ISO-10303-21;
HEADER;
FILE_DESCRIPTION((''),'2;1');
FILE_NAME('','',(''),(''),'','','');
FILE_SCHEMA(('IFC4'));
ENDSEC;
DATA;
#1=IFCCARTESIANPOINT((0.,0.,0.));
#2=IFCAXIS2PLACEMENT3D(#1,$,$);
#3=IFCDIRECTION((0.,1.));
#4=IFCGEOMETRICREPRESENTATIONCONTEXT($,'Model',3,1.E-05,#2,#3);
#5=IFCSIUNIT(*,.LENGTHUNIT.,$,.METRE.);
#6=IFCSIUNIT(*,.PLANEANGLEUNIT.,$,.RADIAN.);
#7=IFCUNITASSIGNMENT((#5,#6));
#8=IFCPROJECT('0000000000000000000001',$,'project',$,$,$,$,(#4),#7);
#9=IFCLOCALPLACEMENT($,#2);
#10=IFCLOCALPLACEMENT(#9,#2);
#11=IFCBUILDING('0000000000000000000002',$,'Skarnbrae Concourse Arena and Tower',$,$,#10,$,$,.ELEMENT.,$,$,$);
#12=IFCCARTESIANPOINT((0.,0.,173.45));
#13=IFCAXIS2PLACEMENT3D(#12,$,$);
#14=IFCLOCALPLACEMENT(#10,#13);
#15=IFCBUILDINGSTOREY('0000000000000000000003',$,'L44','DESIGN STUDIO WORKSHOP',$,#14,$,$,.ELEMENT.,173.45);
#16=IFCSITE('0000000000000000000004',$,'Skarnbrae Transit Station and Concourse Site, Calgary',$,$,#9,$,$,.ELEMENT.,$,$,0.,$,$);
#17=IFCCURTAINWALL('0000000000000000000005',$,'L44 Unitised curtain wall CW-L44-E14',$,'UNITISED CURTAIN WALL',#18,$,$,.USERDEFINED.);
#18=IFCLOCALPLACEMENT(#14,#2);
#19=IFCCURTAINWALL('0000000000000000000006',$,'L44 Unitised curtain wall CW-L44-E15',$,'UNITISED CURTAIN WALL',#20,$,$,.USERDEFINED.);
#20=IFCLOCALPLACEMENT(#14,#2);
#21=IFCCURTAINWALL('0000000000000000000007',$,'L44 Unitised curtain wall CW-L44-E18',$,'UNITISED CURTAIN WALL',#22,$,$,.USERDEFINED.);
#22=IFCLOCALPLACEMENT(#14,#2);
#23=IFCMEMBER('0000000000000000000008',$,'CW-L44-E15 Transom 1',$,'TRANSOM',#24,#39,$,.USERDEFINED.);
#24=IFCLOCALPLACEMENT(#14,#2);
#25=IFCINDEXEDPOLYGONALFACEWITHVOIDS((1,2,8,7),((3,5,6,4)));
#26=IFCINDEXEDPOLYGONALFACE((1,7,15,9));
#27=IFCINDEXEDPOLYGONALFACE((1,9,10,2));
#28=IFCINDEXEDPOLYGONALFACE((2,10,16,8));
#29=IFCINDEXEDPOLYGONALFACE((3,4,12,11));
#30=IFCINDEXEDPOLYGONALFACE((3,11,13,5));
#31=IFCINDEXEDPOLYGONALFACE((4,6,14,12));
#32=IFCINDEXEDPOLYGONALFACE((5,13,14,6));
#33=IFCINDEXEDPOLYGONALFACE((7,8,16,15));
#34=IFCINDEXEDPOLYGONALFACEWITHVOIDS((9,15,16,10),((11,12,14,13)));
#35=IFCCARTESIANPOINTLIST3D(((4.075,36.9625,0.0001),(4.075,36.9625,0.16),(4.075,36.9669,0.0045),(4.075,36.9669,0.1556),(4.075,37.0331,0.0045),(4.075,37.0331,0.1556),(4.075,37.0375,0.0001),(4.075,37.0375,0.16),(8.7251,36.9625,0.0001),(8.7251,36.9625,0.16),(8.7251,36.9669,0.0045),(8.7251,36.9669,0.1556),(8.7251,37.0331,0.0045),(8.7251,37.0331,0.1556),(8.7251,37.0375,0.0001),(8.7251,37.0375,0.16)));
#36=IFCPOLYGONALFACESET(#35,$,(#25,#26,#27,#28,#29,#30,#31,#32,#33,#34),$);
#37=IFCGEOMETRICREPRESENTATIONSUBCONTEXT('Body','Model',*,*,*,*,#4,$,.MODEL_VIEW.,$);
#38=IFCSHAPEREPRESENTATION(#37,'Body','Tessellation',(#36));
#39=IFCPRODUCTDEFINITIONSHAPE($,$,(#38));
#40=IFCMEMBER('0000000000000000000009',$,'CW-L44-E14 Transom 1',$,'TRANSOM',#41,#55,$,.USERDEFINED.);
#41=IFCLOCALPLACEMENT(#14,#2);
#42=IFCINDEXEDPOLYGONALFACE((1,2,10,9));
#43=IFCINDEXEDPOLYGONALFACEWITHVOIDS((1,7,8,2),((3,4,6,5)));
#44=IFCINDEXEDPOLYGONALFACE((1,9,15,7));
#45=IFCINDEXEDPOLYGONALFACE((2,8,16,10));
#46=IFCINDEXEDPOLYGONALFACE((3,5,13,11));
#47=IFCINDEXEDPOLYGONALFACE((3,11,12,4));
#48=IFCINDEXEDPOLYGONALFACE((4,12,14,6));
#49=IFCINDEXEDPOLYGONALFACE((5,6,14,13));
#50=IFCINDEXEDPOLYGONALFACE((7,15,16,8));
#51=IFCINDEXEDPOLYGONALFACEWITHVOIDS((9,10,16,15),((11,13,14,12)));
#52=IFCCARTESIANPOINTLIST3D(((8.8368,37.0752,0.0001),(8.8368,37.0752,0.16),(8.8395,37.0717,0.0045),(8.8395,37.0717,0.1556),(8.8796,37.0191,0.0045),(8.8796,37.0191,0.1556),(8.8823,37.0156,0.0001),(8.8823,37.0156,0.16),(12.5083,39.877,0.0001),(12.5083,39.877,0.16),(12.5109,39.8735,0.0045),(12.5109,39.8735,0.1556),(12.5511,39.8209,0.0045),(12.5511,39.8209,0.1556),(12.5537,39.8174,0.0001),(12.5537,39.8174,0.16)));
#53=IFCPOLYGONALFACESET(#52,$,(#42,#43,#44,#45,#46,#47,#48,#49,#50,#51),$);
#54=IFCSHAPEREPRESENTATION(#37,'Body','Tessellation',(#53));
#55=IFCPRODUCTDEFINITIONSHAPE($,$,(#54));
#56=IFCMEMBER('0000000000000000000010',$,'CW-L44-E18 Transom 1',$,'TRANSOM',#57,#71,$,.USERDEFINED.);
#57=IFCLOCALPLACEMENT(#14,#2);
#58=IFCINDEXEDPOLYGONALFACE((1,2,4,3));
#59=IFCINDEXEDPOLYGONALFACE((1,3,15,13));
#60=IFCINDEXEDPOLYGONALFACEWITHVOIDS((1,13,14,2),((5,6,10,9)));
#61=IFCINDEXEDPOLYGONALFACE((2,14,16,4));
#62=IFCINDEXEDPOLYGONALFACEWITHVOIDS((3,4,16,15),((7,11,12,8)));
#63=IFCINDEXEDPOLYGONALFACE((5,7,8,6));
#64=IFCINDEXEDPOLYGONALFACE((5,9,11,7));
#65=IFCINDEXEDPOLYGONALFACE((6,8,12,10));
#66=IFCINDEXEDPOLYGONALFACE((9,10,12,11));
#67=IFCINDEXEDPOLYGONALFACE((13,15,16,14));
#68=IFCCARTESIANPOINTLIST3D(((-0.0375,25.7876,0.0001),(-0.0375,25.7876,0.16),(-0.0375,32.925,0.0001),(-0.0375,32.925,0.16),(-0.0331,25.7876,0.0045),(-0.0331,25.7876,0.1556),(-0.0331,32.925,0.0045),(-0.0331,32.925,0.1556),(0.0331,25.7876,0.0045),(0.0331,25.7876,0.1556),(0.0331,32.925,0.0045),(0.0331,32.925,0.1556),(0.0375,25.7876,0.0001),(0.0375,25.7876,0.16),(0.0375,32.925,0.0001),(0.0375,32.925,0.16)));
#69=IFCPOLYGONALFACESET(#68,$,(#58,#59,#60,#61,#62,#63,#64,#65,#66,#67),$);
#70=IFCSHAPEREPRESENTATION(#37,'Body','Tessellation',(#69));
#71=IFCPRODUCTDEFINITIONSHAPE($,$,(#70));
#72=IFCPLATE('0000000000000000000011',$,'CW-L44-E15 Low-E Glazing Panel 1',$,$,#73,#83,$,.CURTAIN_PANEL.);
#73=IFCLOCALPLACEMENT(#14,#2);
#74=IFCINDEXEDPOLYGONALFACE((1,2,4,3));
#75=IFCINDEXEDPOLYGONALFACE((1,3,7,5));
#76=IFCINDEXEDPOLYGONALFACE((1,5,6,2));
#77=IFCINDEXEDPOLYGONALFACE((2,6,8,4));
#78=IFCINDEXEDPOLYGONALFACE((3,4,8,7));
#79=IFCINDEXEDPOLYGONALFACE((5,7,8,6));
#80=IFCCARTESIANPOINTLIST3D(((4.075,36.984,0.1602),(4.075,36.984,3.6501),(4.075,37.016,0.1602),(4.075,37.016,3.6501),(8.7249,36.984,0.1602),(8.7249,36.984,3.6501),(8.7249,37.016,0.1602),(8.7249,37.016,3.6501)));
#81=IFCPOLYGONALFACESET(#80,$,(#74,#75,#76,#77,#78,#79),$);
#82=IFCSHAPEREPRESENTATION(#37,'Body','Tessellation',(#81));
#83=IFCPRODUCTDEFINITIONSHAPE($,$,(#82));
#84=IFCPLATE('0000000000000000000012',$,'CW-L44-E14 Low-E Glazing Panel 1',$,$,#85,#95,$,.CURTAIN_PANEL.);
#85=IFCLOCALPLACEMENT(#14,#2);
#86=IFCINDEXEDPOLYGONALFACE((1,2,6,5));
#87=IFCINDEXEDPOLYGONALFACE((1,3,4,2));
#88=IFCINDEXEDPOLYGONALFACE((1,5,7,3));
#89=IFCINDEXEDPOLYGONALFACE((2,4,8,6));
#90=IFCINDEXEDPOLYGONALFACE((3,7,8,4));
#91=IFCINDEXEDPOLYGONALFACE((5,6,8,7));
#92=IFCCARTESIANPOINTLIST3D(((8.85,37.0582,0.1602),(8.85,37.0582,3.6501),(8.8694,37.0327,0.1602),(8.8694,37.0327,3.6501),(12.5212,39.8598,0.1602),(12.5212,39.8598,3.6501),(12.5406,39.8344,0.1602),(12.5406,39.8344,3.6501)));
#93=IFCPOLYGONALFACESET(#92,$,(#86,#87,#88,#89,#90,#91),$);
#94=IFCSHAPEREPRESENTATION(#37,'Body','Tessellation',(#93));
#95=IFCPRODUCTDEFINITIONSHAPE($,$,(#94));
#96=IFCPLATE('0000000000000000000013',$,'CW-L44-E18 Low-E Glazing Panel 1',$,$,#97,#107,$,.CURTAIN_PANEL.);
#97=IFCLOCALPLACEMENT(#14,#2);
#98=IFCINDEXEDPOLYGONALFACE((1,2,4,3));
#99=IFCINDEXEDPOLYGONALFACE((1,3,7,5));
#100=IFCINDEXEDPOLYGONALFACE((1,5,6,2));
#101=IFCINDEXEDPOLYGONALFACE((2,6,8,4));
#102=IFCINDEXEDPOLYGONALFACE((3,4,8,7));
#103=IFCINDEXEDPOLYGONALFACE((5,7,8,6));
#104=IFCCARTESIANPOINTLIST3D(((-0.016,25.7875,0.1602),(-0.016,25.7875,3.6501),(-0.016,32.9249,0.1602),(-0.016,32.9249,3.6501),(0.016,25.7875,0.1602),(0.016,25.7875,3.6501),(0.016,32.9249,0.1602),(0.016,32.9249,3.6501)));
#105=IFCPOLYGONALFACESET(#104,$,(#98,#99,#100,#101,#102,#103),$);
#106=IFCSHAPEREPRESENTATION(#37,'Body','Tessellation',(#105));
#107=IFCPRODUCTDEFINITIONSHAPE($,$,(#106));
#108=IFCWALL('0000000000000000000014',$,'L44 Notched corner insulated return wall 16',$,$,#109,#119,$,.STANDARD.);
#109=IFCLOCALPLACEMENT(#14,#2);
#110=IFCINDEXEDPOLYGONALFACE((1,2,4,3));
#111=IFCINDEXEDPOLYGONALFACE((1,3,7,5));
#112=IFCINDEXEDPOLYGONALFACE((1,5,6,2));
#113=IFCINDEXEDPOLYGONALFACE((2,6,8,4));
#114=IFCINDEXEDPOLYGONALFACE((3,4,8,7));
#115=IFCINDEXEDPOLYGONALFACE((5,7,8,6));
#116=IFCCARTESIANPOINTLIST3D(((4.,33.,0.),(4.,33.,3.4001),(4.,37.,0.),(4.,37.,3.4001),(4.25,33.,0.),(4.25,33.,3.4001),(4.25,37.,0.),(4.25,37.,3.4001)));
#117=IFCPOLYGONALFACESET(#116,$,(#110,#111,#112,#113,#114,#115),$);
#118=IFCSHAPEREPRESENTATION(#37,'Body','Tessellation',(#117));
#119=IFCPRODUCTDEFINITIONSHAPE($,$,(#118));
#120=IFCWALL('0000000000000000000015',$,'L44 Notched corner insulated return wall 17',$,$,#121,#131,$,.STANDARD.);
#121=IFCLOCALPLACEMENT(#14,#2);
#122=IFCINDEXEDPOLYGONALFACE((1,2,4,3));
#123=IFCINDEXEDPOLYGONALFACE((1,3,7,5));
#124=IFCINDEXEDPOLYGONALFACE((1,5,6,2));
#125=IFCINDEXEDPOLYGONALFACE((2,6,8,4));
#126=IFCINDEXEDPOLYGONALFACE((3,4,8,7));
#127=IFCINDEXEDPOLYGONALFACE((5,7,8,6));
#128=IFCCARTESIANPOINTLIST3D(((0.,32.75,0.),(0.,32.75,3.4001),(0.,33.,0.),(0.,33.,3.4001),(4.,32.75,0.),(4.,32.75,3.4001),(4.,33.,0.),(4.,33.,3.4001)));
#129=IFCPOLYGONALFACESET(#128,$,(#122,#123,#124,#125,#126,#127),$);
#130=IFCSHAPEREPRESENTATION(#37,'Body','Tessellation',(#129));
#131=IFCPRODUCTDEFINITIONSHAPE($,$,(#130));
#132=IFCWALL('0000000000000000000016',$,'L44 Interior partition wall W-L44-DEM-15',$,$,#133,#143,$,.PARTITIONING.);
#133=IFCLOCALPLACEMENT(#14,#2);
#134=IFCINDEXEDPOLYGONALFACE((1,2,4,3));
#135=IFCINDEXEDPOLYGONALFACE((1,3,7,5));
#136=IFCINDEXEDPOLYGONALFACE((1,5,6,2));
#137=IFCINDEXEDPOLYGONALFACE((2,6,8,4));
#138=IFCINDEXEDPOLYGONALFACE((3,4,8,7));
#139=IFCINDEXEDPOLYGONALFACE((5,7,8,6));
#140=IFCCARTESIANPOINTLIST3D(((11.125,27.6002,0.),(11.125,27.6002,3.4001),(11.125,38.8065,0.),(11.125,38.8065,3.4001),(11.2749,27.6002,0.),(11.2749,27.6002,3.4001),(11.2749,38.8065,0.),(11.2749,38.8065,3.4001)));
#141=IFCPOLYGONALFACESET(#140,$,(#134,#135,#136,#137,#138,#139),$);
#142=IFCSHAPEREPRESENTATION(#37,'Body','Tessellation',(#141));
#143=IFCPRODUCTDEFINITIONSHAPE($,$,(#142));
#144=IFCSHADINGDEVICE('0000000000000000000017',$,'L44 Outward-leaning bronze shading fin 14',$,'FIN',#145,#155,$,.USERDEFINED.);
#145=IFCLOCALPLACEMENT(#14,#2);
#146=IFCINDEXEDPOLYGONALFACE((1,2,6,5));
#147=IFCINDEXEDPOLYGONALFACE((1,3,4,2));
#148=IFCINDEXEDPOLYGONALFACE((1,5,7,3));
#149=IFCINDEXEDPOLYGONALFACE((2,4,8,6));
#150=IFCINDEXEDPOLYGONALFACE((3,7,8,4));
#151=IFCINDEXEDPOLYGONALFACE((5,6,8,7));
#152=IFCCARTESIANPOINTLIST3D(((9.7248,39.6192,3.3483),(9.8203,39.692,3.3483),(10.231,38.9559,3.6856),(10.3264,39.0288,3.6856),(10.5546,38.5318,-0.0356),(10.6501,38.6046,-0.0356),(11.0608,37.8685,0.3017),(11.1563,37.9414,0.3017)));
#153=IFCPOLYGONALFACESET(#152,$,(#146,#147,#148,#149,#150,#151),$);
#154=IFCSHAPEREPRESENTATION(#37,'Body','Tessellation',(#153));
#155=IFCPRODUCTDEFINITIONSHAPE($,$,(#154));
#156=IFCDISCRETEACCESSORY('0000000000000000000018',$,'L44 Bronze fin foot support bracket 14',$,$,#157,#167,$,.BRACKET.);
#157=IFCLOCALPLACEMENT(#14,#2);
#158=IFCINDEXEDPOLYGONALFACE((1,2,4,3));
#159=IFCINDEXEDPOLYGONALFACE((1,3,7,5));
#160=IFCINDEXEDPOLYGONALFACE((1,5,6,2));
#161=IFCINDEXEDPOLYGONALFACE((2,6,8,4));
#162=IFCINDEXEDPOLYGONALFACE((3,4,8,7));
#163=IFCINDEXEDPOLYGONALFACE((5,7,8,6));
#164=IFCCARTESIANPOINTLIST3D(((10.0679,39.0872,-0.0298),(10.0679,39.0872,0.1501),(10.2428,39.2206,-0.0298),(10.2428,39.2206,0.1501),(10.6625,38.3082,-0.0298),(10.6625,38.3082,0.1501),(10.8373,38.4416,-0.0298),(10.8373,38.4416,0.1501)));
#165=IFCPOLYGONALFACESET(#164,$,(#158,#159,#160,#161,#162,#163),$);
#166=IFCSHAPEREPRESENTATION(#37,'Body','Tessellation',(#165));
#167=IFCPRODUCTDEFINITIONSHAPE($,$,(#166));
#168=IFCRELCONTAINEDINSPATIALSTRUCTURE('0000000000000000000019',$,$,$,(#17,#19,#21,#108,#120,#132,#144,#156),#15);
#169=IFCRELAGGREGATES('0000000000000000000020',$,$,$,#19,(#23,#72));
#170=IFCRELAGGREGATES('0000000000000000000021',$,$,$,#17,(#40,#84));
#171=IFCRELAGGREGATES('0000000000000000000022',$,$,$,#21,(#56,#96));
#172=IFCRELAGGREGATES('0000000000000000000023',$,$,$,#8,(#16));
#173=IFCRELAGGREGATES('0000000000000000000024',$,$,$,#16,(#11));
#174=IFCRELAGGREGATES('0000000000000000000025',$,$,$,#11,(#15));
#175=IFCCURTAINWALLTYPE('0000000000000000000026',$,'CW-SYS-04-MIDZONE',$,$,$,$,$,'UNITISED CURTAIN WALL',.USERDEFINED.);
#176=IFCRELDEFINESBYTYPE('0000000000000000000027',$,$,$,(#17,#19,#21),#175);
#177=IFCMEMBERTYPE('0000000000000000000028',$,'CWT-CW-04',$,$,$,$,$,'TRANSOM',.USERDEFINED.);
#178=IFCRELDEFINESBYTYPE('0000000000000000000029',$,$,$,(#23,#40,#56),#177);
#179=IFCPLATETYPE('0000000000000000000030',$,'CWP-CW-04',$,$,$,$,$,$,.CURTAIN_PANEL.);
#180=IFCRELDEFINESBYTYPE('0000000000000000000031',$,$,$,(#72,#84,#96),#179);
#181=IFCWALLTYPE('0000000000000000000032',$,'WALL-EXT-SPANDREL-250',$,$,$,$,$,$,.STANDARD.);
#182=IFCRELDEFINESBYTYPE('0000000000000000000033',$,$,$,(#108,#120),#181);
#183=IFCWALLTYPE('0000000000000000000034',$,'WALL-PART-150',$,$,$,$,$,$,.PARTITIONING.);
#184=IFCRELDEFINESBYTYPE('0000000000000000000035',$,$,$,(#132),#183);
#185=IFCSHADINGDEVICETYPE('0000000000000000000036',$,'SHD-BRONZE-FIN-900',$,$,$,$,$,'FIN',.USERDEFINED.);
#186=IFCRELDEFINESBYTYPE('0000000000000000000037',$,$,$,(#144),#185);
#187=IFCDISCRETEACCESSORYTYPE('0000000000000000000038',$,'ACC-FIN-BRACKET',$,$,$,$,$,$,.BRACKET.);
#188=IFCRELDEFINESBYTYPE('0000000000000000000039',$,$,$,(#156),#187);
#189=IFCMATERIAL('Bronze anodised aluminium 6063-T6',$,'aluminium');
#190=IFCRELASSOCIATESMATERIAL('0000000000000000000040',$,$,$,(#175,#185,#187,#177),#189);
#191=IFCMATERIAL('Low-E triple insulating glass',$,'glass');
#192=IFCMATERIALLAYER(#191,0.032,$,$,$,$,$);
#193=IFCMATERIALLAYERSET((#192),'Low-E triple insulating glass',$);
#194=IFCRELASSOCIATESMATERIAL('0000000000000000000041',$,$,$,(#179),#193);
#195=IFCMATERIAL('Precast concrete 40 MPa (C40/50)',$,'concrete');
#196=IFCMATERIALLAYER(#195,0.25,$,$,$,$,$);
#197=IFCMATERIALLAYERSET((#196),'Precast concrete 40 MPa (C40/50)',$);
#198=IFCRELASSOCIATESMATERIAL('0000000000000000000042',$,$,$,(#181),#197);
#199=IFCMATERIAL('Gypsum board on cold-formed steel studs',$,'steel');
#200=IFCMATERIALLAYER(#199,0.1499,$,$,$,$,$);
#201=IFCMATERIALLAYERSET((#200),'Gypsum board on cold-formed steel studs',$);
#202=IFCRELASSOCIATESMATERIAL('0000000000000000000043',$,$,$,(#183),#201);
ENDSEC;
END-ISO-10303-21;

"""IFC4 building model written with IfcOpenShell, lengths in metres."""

from ifc_helpers import new_model, si_unit, direction, frame, frame_2d, origin, origin_2d, place, context, subcontext, project, spatial, rectangle, hollow_rectangle, extrude, source, transform, mapped, material, layer, layer_set, material_profile, profile_set, type_object, element, aggregate, save


model = new_model("IFC4")

# Units and contexts
model_context = context("Model", 3, precision=1e-05, world=origin(), true_north=direction((0.0, 1.0)))
body_context = subcontext(model_context, "Body", "Model", "MODEL_VIEW")
ifc_project = project(units=[si_unit("LENGTHUNIT", "METRE"), si_unit("PLANEANGLEUNIT", "RADIAN")], contexts=[model_context])

# Site, building, storey
site_placement = place(None, origin())
site = spatial("IfcSite", under=ifc_project, at=site_placement, Name="Skarnbrae Transit Station and Concourse Site, Calgary", CompositionType="ELEMENT", RefElevation=0.0)
building_placement = place(site_placement, origin())
building = spatial("IfcBuilding", under=site, at=building_placement, Name="Skarnbrae Concourse Arena and Tower", CompositionType="ELEMENT")
storey_placement = place(building_placement, frame((0.0, 0.0, 173.45)))
storey = spatial("IfcBuildingStorey", under=building, at=storey_placement, Name="L44", Description="DESIGN STUDIO WORKSHOP", CompositionType="ELEMENT", Elevation=173.45)

# Shared definitions
ifc_material_1 = material(Name="Bronze anodised aluminium 6063-T6", Category="aluminium")
curtain_wall_type = type_object("IfcCurtainWallType", Name="CW-SYS-04-MIDZONE", ElementType="UNITISED CURTAIN WALL", PredefinedType="USERDEFINED", material=ifc_material_1)

# Curtain walls
curtain_wall_1_placement = place(storey_placement, origin())
curtain_wall_1 = element("IfcCurtainWall", 1, at=curtain_wall_1_placement, inside=storey, type_object=curtain_wall_type, Name="L44 Unitised curtain wall CW-L44-E14", ObjectType="UNITISED CURTAIN WALL", PredefinedType="USERDEFINED")
curtain_wall_2_placement = place(storey_placement, origin())
curtain_wall_2 = element("IfcCurtainWall", 2, at=curtain_wall_2_placement, inside=storey, type_object=curtain_wall_type, Name="L44 Unitised curtain wall CW-L44-E15", ObjectType="UNITISED CURTAIN WALL", PredefinedType="USERDEFINED")

# Curtain wall
curtain_wall_3_placement = place(storey_placement, origin())
curtain_wall_3 = element("IfcCurtainWall", 3, at=curtain_wall_3_placement, inside=storey, type_object=curtain_wall_type, Name="L44 Unitised curtain wall CW-L44-E18", ObjectType="UNITISED CURTAIN WALL", PredefinedType="USERDEFINED")

# Members
ifc_material_profile_1 = material_profile(ifc_material_1, hollow_rectangle(XDim=0.075, YDim=0.1599, WallThickness=0.0044, at=origin_2d()), Name="ALU-TRAN-75X160")
ifc_profile_set_1 = profile_set([ifc_material_profile_1], Name="Bronze anodised aluminium 6063-T6")
member_type_1 = type_object("IfcMemberType", Name="CWT-CW-04", ElementType="TRANSOM", PredefinedType="USERDEFINED", material=ifc_profile_set_1)
shared_shape_1 = source(origin(), body_context, "Body", "SweptSolid", [
    extrude(hollow_rectangle(XDim=0.075, YDim=0.1599, WallThickness=0.0044, at=origin_2d()), origin(), (0.0, 0.0, 1.0), 4.6501),
])
member_1_placement = place(storey_placement, frame((8.7251, 37.0, 0.0801), z_axis=(-1.0, 0.0, 0.0), x_axis=(0.0, -1.0, 0.0)))
member_1 = element("IfcMember", 4, at=member_1_placement, type_object=member_type_1, Name="CW-L44-E15 Transom 1", ObjectType="TRANSOM", PredefinedType="USERDEFINED", context=body_context, shape_type="MappedRepresentation", body=[
    mapped(shared_shape_1, transform((0.0, 0.0, 0.0))),
])
shared_shape_2 = source(origin(), body_context, "Body", "SweptSolid", [
    extrude(hollow_rectangle(XDim=0.075, YDim=0.1599, WallThickness=0.0044, at=origin_2d()), origin(), (0.0, 0.0, 1.0), 4.6184),
])
member_2_placement = place(storey_placement, frame((12.531, 39.8472, 0.0801), z_axis=(-0.794961, -0.606661, 0.0), x_axis=(0.606661, -0.794961, 0.0)))
member_2 = element("IfcMember", 5, at=member_2_placement, type_object=member_type_1, Name="CW-L44-E14 Transom 1", ObjectType="TRANSOM", PredefinedType="USERDEFINED", context=body_context, shape_type="MappedRepresentation", body=[
    mapped(shared_shape_2, transform((0.0, 0.0, 0.0))),
])
shared_shape_3 = source(origin(), body_context, "Body", "SweptSolid", [
    extrude(hollow_rectangle(XDim=0.075, YDim=0.1599, WallThickness=0.0044, at=origin_2d()), origin(), (0.0, 0.0, 1.0), 7.1375),
])
member_3_placement = place(storey_placement, frame((0.0, 32.925, 0.0801), z_axis=(0.0, -1.0, 0.0), x_axis=(1.0, 0.0, 0.0)))
member_3 = element("IfcMember", 6, at=member_3_placement, type_object=member_type_1, Name="CW-L44-E18 Transom 1", ObjectType="TRANSOM", PredefinedType="USERDEFINED", context=body_context, shape_type="MappedRepresentation", body=[
    mapped(shared_shape_3, transform((0.0, 0.0, 0.0))),
])

# Plates
ifc_material_2 = material(Name="Low-E triple insulating glass", Category="glass")
ifc_layer_1 = layer(ifc_material_2, 0.032)
ifc_layer_set_1 = layer_set([ifc_layer_1], Name="Low-E triple insulating glass")
plate_type = type_object("IfcPlateType", Name="CWP-CW-04", PredefinedType="CURTAIN_PANEL", material=ifc_layer_set_1)
shared_shape_4 = source(origin(), body_context, "Body", "SweptSolid", [
    extrude(rectangle(XDim=4.6499, YDim=0.032, at=origin_2d()), origin(), (0.0, 0.0, 1.0), 3.49),
])
plate_1_placement = place(storey_placement, frame((6.3999, 37.0, 0.1602), z_axis=(0.0, 0.0, 1.0), x_axis=(-1.0, 0.0, 0.0)))
plate_1 = element("IfcPlate", 7, at=plate_1_placement, type_object=plate_type, Name="CW-L44-E15 Low-E Glazing Panel 1", PredefinedType="CURTAIN_PANEL", context=body_context, shape_type="MappedRepresentation", body=[
    mapped(shared_shape_4, transform((0.0, 0.0, 0.0))),
])
aggregate(curtain_wall_2, [member_1, plate_1])
shared_shape_5 = source(origin(), body_context, "Body", "SweptSolid", [
    extrude(rectangle(XDim=4.6182, YDim=0.032, at=origin_2d()), origin(), (0.0, 0.0, 1.0), 3.49),
])
plate_2_placement = place(storey_placement, frame((10.6953, 38.4463, 0.1602), z_axis=(0.0, 0.0, 1.0), x_axis=(-0.794956, -0.606667, 0.0)))
plate_2 = element("IfcPlate", 8, at=plate_2_placement, type_object=plate_type, Name="CW-L44-E14 Low-E Glazing Panel 1", PredefinedType="CURTAIN_PANEL", context=body_context, shape_type="MappedRepresentation", body=[
    mapped(shared_shape_5, transform((0.0, 0.0, 0.0))),
])
aggregate(curtain_wall_1, [member_2, plate_2])
shared_shape_6 = source(origin(), body_context, "Body", "SweptSolid", [
    extrude(rectangle(XDim=7.1375, YDim=0.032, at=origin_2d()), origin(), (0.0, 0.0, 1.0), 3.49),
])
plate_3_placement = place(storey_placement, frame((0.0, 29.3562, 0.1602), z_axis=(0.0, 0.0, 1.0), x_axis=(0.0, -1.0, 0.0)))
plate_3 = element("IfcPlate", 9, at=plate_3_placement, type_object=plate_type, Name="CW-L44-E18 Low-E Glazing Panel 1", PredefinedType="CURTAIN_PANEL", context=body_context, shape_type="MappedRepresentation", body=[
    mapped(shared_shape_6, transform((0.0, 0.0, 0.0))),
])
aggregate(curtain_wall_3, [member_3, plate_3])

# Walls
ifc_material_3 = material(Name="Precast concrete 40 MPa (C40/50)", Category="concrete")
ifc_layer_2 = layer(ifc_material_3, 0.25)
ifc_layer_set_2 = layer_set([ifc_layer_2], Name="Precast concrete 40 MPa (C40/50)")
wall_type_1 = type_object("IfcWallType", Name="WALL-EXT-SPANDREL-250", PredefinedType="STANDARD", material=ifc_layer_set_2)
shared_shape_7 = source(origin(), body_context, "Body", "SweptSolid", [
    extrude(rectangle(XDim=4.0, YDim=0.25, at=frame_2d((2.0, 0.0))), origin(), (0.0, 0.0, 1.0), 3.4001),
])
for number, where, z_axis, x_axis, name in (
    (10, (4.125, 37.0, 0.0), (0.0, 0.0, 1.0), (0.0, -1.0, 0.0), "L44 Notched corner insulated return wall 16"),
    (11, (4.0, 32.875, 0.0), (0.0, 0.0, 1.0), (-1.0, 0.0, 0.0), "L44 Notched corner insulated return wall 17"),
):
    element("IfcWall", number, at=place(storey_placement, frame(where, z_axis=z_axis, x_axis=x_axis)), inside=storey, type_object=wall_type_1, Name=name, PredefinedType="STANDARD", context=body_context, shape_type="MappedRepresentation", body=[
        mapped(shared_shape_7, transform((0.0, 0.0, 0.0))),
    ])
ifc_material_4 = material(Name="Gypsum board on cold-formed steel studs", Category="steel")
ifc_layer_3 = layer(ifc_material_4, 0.1499)
ifc_layer_set_3 = layer_set([ifc_layer_3], Name="Gypsum board on cold-formed steel studs")
wall_type_2 = type_object("IfcWallType", Name="WALL-PART-150", PredefinedType="PARTITIONING", material=ifc_layer_set_3)
shared_shape_8 = source(origin(), body_context, "Body", "SweptSolid", [
    extrude(rectangle(XDim=11.2063, YDim=0.1499, at=frame_2d((5.603, 0.0))), origin(), (0.0, 0.0, 1.0), 3.4001),
])
wall_placement = place(storey_placement, frame((11.2, 38.8064, 0.0), z_axis=(0.0, 0.0, 1.0), x_axis=(0.0, -1.0, 0.0)))
element("IfcWall", 12, at=wall_placement, inside=storey, type_object=wall_type_2, Name="L44 Interior partition wall W-L44-DEM-15", PredefinedType="PARTITIONING", context=body_context, shape_type="MappedRepresentation", body=[
    mapped(shared_shape_8, transform((0.0, 0.0, 0.0))),
])

# Shading device
shading_device_type = type_object("IfcShadingDeviceType", Name="SHD-BRONZE-FIN-900", ElementType="FIN", PredefinedType="USERDEFINED", material=ifc_material_1)
shared_shape_9 = source(origin(), body_context, "Body", "SweptSolid", [
    extrude(rectangle(XDim=0.1201, YDim=0.8999, at=origin_2d()), origin(), (0.0, 0.0, 1.0), 3.6499),
])
shading_device_placement = place(storey_placement, frame((10.8555, 38.2366, 0.1331), z_axis=(-0.22736, 0.297924, 0.927118), x_axis=(0.794955, 0.606668, 0.0)))
element("IfcShadingDevice", 13, at=shading_device_placement, inside=storey, type_object=shading_device_type, Name="L44 Outward-leaning bronze shading fin 14", ObjectType="FIN", PredefinedType="USERDEFINED", context=body_context, shape_type="MappedRepresentation", body=[
    mapped(shared_shape_9, transform((0.0, 0.0, 0.0))),
])

# Discrete accessory
discrete_accessory_type = type_object("IfcDiscreteAccessoryType", Name="ACC-FIN-BRACKET", PredefinedType="BRACKET", material=ifc_material_1)
shared_shape_10 = source(origin(), body_context, "Body", "SweptSolid", [
    extrude(rectangle(XDim=0.22, YDim=0.98, at=origin_2d()), origin(), (0.0, 0.0, 1.0), 0.1799),
])
discrete_accessory_placement = place(storey_placement, frame((10.4526, 38.7644, -0.0298), z_axis=(0.0, 0.0, 1.0), x_axis=(0.794955, 0.606668, 0.0)))
element("IfcDiscreteAccessory", 14, at=discrete_accessory_placement, inside=storey, type_object=discrete_accessory_type, Name="L44 Bronze fin foot support bracket 14", PredefinedType="BRACKET", context=body_context, shape_type="MappedRepresentation", body=[
    mapped(shared_shape_10, transform((0.0, 0.0, 0.0))),
])

save(model, "model.ifc")
